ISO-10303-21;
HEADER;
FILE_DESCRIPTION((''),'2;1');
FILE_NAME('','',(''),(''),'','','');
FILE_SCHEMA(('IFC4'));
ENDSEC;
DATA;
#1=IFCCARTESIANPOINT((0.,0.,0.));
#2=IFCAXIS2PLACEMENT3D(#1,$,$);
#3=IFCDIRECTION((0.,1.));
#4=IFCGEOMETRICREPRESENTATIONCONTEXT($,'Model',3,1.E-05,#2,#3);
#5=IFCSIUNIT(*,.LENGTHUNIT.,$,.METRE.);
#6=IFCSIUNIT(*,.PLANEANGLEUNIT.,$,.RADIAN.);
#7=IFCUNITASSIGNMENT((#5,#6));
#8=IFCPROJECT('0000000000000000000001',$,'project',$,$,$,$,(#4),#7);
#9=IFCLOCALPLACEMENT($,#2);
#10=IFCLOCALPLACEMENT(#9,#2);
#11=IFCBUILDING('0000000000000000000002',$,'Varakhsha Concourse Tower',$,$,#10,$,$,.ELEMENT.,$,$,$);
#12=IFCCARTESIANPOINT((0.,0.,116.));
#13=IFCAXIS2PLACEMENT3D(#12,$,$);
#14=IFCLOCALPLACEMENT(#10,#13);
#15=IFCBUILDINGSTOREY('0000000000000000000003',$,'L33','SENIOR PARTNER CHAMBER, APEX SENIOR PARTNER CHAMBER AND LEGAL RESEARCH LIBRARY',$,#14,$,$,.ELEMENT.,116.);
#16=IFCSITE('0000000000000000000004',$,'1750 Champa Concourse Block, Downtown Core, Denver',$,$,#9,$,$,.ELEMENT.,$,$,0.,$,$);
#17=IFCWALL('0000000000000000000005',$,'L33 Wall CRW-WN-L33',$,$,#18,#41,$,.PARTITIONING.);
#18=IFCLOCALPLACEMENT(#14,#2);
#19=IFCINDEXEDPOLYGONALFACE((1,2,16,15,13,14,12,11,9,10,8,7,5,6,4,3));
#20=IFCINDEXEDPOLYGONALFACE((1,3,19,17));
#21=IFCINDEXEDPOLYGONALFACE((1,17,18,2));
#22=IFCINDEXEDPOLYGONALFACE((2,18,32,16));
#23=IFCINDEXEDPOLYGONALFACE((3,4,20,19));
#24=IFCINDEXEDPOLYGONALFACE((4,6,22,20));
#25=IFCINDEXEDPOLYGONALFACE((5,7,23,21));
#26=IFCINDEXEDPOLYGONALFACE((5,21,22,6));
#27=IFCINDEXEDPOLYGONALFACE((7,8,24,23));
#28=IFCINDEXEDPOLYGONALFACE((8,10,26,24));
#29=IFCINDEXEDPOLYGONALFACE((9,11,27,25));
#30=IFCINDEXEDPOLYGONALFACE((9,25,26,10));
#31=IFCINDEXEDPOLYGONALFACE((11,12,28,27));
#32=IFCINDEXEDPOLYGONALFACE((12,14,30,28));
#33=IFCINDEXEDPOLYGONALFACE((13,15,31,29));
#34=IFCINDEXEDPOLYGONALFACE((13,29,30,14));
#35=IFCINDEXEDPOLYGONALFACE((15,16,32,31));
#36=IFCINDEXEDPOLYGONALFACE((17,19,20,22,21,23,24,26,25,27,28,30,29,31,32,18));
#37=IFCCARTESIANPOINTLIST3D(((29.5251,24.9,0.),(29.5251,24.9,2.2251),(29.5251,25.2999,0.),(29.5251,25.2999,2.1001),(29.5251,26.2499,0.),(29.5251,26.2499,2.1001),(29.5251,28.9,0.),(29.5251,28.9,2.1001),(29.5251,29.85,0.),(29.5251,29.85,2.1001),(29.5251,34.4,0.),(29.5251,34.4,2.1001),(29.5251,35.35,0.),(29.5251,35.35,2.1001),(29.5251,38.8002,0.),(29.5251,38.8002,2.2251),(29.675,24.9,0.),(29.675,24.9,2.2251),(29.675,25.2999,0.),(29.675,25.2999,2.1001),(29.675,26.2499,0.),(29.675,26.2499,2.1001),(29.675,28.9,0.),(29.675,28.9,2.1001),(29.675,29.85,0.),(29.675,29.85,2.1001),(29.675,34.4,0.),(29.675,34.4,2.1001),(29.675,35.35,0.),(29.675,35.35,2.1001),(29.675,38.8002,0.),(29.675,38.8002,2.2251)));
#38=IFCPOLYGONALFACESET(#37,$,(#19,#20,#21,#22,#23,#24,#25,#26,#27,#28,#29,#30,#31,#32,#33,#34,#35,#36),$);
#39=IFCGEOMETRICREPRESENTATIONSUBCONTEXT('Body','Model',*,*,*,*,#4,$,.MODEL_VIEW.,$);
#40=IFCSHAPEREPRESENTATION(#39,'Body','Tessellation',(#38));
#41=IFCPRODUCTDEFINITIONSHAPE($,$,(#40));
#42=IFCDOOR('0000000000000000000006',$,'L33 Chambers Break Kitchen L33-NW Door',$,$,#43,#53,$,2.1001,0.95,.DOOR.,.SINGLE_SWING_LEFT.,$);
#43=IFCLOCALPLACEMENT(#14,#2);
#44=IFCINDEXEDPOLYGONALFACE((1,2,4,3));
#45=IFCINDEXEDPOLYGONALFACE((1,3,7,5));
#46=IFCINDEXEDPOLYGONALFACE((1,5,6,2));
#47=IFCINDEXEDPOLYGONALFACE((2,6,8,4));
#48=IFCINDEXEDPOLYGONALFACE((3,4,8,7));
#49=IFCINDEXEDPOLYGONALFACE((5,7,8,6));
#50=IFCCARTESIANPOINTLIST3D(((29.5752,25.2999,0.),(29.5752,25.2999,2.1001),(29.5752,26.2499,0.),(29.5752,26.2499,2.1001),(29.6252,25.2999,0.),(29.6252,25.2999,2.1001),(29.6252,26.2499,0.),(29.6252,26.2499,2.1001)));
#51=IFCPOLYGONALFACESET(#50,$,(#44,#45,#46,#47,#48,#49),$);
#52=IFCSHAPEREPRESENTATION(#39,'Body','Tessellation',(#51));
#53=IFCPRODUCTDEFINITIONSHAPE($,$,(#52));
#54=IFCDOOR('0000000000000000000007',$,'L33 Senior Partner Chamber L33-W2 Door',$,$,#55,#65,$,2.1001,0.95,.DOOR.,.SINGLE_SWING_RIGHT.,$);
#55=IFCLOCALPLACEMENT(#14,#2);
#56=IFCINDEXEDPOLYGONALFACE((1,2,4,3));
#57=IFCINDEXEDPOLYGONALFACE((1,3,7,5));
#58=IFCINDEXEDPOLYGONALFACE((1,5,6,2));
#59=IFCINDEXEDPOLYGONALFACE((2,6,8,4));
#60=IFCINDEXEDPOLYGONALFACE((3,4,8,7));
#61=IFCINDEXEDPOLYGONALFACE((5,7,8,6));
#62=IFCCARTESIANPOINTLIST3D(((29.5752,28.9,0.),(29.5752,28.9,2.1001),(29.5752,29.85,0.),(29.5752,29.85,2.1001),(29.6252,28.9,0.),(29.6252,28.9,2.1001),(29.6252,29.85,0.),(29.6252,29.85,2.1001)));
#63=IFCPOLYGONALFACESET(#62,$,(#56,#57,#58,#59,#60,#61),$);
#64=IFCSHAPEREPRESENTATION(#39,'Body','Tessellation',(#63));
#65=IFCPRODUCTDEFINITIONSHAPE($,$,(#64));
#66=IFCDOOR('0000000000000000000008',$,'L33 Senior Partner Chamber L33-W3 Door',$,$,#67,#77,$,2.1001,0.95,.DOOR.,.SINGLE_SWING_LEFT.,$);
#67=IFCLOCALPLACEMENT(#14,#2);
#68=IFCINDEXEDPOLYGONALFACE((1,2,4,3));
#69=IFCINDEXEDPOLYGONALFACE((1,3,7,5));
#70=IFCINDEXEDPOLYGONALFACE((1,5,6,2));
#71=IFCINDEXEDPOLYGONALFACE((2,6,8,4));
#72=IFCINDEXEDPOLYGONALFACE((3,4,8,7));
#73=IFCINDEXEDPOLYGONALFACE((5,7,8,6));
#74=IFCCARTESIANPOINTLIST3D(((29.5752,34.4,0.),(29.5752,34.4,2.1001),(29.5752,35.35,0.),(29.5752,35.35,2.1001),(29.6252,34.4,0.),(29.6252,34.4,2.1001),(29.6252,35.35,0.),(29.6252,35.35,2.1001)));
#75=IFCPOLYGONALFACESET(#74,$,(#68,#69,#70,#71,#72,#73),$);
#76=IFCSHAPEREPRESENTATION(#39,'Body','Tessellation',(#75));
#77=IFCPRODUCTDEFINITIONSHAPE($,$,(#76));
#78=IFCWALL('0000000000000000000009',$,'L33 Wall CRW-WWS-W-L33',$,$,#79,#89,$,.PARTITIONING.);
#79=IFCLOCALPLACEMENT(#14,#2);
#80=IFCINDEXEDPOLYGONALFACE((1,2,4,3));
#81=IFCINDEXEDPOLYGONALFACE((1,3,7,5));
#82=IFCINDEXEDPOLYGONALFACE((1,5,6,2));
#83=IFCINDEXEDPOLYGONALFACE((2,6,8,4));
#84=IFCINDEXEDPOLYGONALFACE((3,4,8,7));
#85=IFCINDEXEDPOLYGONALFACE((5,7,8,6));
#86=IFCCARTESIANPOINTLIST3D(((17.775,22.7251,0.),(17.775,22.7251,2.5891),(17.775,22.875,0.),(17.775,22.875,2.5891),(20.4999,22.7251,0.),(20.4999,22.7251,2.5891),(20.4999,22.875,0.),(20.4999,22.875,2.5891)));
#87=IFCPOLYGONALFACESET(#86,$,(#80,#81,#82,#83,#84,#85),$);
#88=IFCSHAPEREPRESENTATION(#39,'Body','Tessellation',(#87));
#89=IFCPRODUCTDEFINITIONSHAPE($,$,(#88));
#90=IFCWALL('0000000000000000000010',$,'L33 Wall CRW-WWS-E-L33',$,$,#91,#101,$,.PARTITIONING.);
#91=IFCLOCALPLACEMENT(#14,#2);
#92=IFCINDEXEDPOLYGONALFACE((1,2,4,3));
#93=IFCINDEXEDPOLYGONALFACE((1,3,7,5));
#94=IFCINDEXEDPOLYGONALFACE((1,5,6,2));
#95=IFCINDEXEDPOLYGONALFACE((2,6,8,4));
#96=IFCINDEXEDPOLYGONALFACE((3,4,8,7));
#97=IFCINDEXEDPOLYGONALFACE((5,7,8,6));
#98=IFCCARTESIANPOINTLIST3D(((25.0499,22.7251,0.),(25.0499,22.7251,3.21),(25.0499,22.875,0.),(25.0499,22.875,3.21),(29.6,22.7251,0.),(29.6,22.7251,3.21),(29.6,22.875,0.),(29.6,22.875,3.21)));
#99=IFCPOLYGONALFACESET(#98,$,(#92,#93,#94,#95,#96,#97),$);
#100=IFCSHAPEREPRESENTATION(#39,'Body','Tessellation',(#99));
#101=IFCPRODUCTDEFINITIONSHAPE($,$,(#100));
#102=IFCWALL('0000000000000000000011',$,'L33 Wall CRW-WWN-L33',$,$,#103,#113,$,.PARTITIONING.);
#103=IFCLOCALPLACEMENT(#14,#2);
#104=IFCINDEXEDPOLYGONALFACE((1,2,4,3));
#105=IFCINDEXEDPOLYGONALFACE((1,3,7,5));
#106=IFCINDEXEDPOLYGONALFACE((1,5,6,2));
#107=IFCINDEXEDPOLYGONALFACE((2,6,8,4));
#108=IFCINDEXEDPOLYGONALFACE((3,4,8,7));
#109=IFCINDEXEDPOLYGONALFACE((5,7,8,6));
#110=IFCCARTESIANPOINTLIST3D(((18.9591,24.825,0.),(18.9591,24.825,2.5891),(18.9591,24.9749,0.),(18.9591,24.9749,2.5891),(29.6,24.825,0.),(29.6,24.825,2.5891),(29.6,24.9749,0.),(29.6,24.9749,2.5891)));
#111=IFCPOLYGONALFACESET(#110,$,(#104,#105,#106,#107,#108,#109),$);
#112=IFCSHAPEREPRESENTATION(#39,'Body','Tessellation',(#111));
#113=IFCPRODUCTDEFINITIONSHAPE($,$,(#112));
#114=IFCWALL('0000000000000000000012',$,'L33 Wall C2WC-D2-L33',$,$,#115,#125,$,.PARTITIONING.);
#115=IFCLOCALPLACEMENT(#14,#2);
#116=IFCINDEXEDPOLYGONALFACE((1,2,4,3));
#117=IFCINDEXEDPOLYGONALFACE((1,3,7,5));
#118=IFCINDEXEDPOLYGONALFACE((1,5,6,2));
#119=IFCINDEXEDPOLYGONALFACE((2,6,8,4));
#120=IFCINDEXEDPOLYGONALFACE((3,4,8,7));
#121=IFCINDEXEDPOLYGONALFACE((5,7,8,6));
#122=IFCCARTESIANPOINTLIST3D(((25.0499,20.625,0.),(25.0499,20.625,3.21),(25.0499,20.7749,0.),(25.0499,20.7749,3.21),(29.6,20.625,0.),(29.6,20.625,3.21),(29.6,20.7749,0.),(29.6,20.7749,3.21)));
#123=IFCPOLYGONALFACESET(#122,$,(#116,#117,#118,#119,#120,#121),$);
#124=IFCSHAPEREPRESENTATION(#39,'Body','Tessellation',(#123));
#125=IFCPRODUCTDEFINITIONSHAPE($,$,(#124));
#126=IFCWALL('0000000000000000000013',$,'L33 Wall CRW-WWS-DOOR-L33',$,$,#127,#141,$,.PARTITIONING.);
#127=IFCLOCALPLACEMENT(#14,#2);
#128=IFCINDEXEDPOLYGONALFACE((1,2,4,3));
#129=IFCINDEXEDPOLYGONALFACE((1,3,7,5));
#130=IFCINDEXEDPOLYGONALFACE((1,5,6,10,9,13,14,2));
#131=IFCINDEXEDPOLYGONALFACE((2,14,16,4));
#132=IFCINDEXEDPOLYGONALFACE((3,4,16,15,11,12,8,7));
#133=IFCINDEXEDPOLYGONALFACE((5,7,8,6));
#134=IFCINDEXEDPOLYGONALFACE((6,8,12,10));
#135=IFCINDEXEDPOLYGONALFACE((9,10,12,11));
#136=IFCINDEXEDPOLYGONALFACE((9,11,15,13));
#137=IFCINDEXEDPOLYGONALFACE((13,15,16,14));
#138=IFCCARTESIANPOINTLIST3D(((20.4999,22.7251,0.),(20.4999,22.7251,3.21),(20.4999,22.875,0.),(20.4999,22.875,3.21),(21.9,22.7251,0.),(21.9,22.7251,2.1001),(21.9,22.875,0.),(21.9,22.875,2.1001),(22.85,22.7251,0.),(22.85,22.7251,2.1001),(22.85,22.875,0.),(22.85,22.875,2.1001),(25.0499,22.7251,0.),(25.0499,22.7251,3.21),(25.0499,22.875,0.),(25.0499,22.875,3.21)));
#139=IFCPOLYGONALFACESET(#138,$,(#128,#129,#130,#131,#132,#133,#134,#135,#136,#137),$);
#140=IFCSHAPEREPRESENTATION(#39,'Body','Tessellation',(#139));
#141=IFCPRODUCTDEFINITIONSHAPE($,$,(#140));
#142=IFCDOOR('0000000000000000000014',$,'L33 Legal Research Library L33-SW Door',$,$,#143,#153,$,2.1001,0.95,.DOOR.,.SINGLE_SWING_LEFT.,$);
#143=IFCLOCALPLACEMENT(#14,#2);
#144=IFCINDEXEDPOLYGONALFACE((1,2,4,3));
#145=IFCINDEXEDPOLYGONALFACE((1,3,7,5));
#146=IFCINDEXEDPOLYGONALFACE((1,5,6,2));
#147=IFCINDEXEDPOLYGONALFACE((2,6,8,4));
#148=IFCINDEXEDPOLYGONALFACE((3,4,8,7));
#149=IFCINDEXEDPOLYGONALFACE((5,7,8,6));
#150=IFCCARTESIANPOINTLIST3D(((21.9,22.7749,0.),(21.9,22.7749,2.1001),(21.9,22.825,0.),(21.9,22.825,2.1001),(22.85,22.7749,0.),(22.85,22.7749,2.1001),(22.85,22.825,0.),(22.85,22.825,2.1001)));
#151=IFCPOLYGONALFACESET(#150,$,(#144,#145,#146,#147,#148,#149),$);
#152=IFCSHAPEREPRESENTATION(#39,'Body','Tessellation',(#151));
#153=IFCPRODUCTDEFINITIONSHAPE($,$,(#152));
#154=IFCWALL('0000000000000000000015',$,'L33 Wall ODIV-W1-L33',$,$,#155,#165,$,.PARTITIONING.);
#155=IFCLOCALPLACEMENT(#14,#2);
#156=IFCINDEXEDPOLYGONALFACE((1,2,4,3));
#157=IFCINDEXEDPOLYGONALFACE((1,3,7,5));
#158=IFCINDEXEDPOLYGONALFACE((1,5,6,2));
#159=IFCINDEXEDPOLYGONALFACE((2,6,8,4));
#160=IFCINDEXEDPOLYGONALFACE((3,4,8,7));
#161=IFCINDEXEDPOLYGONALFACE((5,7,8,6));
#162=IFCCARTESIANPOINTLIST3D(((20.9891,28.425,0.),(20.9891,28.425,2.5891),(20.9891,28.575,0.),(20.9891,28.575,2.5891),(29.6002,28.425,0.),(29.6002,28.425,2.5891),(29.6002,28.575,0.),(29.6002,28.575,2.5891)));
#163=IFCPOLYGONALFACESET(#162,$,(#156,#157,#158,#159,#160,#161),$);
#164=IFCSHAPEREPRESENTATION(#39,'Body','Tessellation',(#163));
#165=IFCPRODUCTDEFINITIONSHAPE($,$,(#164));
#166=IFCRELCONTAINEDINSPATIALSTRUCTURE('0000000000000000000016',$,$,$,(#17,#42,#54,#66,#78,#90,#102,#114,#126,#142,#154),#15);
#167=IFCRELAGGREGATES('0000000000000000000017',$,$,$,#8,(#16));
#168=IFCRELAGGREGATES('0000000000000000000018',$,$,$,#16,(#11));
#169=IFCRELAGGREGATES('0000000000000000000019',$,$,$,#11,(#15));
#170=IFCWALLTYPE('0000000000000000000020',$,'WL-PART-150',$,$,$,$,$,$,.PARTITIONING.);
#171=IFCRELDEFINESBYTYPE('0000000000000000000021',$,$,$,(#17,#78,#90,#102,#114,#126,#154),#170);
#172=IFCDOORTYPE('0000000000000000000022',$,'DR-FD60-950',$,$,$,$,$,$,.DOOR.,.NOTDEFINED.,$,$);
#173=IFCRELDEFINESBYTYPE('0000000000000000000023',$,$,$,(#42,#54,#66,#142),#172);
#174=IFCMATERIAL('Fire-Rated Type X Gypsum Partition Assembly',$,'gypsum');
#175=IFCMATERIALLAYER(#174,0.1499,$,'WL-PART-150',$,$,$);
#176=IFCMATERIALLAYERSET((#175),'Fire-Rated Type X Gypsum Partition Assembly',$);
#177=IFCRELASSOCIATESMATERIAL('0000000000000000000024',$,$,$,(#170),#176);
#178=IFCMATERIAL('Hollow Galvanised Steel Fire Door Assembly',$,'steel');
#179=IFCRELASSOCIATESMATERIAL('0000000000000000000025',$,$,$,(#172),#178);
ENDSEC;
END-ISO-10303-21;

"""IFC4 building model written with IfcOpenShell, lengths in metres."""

from ifc_helpers import new_model, si_unit, direction, frame, frame_2d, origin, place, context, subcontext, project, spatial, rectangle, extrude, material, layer, layer_set, type_object, element, fill, save


model = new_model("IFC4")

# Units and contexts
model_context = context("Model", 3, precision=1e-05, world=origin(), true_north=direction((0.0, 1.0)))
body_context = subcontext(model_context, "Body", "Model", "MODEL_VIEW")
ifc_project = project(units=[si_unit("LENGTHUNIT", "METRE"), si_unit("PLANEANGLEUNIT", "RADIAN")], contexts=[model_context])

# Site, building, storey
site_placement = place(None, origin())
site = spatial("IfcSite", under=ifc_project, at=site_placement, Name="1750 Champa Concourse Block, Downtown Core, Denver", CompositionType="ELEMENT", RefElevation=0.0)
building_placement = place(site_placement, origin())
building = spatial("IfcBuilding", under=site, at=building_placement, Name="Varakhsha Concourse Tower", CompositionType="ELEMENT")
storey_placement = place(building_placement, frame((0.0, 0.0, 116.0)))
storey = spatial("IfcBuildingStorey", under=building, at=storey_placement, Name="L33", Description="SENIOR PARTNER CHAMBER, APEX SENIOR PARTNER CHAMBER AND LEGAL RESEARCH LIBRARY", CompositionType="ELEMENT", Elevation=116.0)

# Wall, openings, doors
ifc_material_1 = material(Name="Fire-Rated Type X Gypsum Partition Assembly", Category="gypsum")
ifc_layer_1 = layer(ifc_material_1, 0.1499, Name="WL-PART-150")
ifc_layer_set_1 = layer_set([ifc_layer_1], Name="Fire-Rated Type X Gypsum Partition Assembly")
wall_type_1 = type_object("IfcWallType", Name="WL-PART-150", PredefinedType="PARTITIONING", material=ifc_layer_set_1)
wall_1_placement = place(storey_placement, frame((29.6001, 24.8999, 0.0), z_axis=(0.0, 0.0, 1.0), x_axis=(0.0, 1.0, 0.0)))
wall_1 = element("IfcWall", 1, at=wall_1_placement, inside=storey, type_object=wall_type_1, Name="L33 Wall CRW-WN-L33", PredefinedType="PARTITIONING", context=body_context, shape_type="SweptSolid", body=[
    extrude(rectangle(XDim=13.9001, YDim=0.1499, at=frame_2d((6.9502, 0.0))), origin(), (0.0, 0.0, 1.0), 2.2251),
])
opening_1_placement = place(wall_1_placement, frame((0.3999, 0.0, 0.0)))
opening_1 = element("IfcOpeningElement", 2, at=opening_1_placement, cuts=wall_1, PredefinedType="OPENING", context=body_context, shape_type="SweptSolid", body=[
    extrude(rectangle(XDim=0.95, YDim=2.1001, at=frame_2d((0.4751, 1.05))), frame((0.0, 0.085, 0.0), z_axis=(0.0, -1.0, 0.0), x_axis=(1.0, 0.0, 0.0)), (0.0, 0.0, 1.0), 0.1699),
])
opening_2_placement = place(wall_1_placement, frame((4.0, 0.0, 0.0)))
opening_2 = element("IfcOpeningElement", 3, at=opening_2_placement, cuts=wall_1, PredefinedType="OPENING", context=body_context, shape_type="SweptSolid", body=[
    extrude(rectangle(XDim=0.95, YDim=2.1001, at=frame_2d((0.4751, 1.05))), frame((0.0, 0.085, 0.0), z_axis=(0.0, -1.0, 0.0), x_axis=(1.0, 0.0, 0.0)), (0.0, 0.0, 1.0), 0.1699),
])
opening_3_placement = place(wall_1_placement, frame((9.5, 0.0, 0.0)))
opening_3 = element("IfcOpeningElement", 4, at=opening_3_placement, cuts=wall_1, PredefinedType="OPENING", context=body_context, shape_type="SweptSolid", body=[
    extrude(rectangle(XDim=0.95, YDim=2.1001, at=frame_2d((0.4751, 1.05))), frame((0.0, 0.085, 0.0), z_axis=(0.0, -1.0, 0.0), x_axis=(1.0, 0.0, 0.0)), (0.0, 0.0, 1.0), 0.1699),
])
ifc_material_2 = material(Name="Hollow Galvanised Steel Fire Door Assembly", Category="steel")
door_type_1 = type_object("IfcDoorType", Name="DR-FD60-950", OperationType="NOTDEFINED", PredefinedType="DOOR", material=ifc_material_2)
door_1_placement = place(opening_1_placement, origin())
door_1 = element("IfcDoor", 5, at=door_1_placement, inside=storey, type_object=door_type_1, Name="L33 Chambers Break Kitchen L33-NW Door", OperationType="SINGLE_SWING_LEFT", OverallHeight=2.1001, OverallWidth=0.95, PredefinedType="DOOR", context=body_context, shape_type="SweptSolid", body=[
    extrude(rectangle(XDim=0.95, YDim=2.1001, at=frame_2d((0.4751, 1.05))), frame((0.0, 0.0249, 0.0), z_axis=(0.0, -1.0, 0.0), x_axis=(1.0, 0.0, 0.0)), (0.0, 0.0, 1.0), 0.05),
])
fill(opening_1, door_1)
door_2_placement = place(opening_2_placement, origin())
door_2 = element("IfcDoor", 6, at=door_2_placement, inside=storey, type_object=door_type_1, Name="L33 Senior Partner Chamber L33-W2 Door", OperationType="SINGLE_SWING_RIGHT", OverallHeight=2.1001, OverallWidth=0.95, PredefinedType="DOOR", context=body_context, shape_type="SweptSolid", body=[
    extrude(rectangle(XDim=0.95, YDim=2.1001, at=frame_2d((0.4751, 1.05))), frame((0.0, 0.0249, 0.0), z_axis=(0.0, -1.0, 0.0), x_axis=(1.0, 0.0, 0.0)), (0.0, 0.0, 1.0), 0.05),
])
fill(opening_2, door_2)
door_3_placement = place(opening_3_placement, origin())
door_3 = element("IfcDoor", 7, at=door_3_placement, inside=storey, type_object=door_type_1, Name="L33 Senior Partner Chamber L33-W3 Door", OperationType="SINGLE_SWING_LEFT", OverallHeight=2.1001, OverallWidth=0.95, PredefinedType="DOOR", context=body_context, shape_type="SweptSolid", body=[
    extrude(rectangle(XDim=0.95, YDim=2.1001, at=frame_2d((0.4751, 1.05))), frame((0.0, 0.0249, 0.0), z_axis=(0.0, -1.0, 0.0), x_axis=(1.0, 0.0, 0.0)), (0.0, 0.0, 1.0), 0.05),
])
fill(opening_3, door_3)

# Walls
wall_2_placement = place(storey_placement, frame((17.7751, 22.8, 0.0), z_axis=(0.0, 0.0, 1.0), x_axis=(1.0, 0.0, 0.0)))
element("IfcWall", 8, at=wall_2_placement, inside=storey, type_object=wall_type_1, Name="L33 Wall CRW-WWS-W-L33", PredefinedType="PARTITIONING", context=body_context, shape_type="SweptSolid", body=[
    extrude(rectangle(XDim=2.7249, YDim=0.1499, at=frame_2d((1.3623, 0.0))), origin(), (0.0, 0.0, 1.0), 2.5891),
])
wall_3_placement = place(storey_placement, frame((25.05, 22.8, 0.0), z_axis=(0.0, 0.0, 1.0), x_axis=(1.0, 0.0, 0.0)))
element("IfcWall", 9, at=wall_3_placement, inside=storey, type_object=wall_type_1, Name="L33 Wall CRW-WWS-E-L33", PredefinedType="PARTITIONING", context=body_context, shape_type="SweptSolid", body=[
    extrude(rectangle(XDim=4.55, YDim=0.1499, at=frame_2d((2.2749, 0.0))), origin(), (0.0, 0.0, 1.0), 3.21),
])
wall_4_placement = place(storey_placement, frame((18.9592, 24.8999, 0.0), z_axis=(0.0, 0.0, 1.0), x_axis=(1.0, 0.0, 0.0)))
element("IfcWall", 10, at=wall_4_placement, inside=storey, type_object=wall_type_1, Name="L33 Wall CRW-WWN-L33", PredefinedType="PARTITIONING", context=body_context, shape_type="SweptSolid", body=[
    extrude(rectangle(XDim=10.6409, YDim=0.1499, at=frame_2d((5.3203, 0.0))), origin(), (0.0, 0.0, 1.0), 2.5891),
])
wall_5_placement = place(storey_placement, frame((25.05, 20.7, 0.0), z_axis=(0.0, 0.0, 1.0), x_axis=(1.0, 0.0, 0.0)))
element("IfcWall", 11, at=wall_5_placement, inside=storey, type_object=wall_type_1, Name="L33 Wall C2WC-D2-L33", PredefinedType="PARTITIONING", context=body_context, shape_type="SweptSolid", body=[
    extrude(rectangle(XDim=4.55, YDim=0.1499, at=frame_2d((2.2749, 0.0))), origin(), (0.0, 0.0, 1.0), 3.21),
])

# Wall, opening, door
wall_6_placement = place(storey_placement, frame((20.5, 22.8, 0.0), z_axis=(0.0, 0.0, 1.0), x_axis=(1.0, 0.0, 0.0)))
wall_6 = element("IfcWall", 12, at=wall_6_placement, inside=storey, type_object=wall_type_1, Name="L33 Wall CRW-WWS-DOOR-L33", PredefinedType="PARTITIONING", context=body_context, shape_type="SweptSolid", body=[
    extrude(rectangle(XDim=4.55, YDim=0.1499, at=frame_2d((2.2749, 0.0))), origin(), (0.0, 0.0, 1.0), 3.21),
])
opening_4_placement = place(wall_6_placement, frame((1.3999, 0.0, 0.0)))
opening_4 = element("IfcOpeningElement", 13, at=opening_4_placement, cuts=wall_6, PredefinedType="OPENING", context=body_context, shape_type="SweptSolid", body=[
    extrude(rectangle(XDim=0.95, YDim=2.1001, at=frame_2d((0.4751, 1.05))), frame((0.0, 0.085, 0.0), z_axis=(0.0, -1.0, 0.0), x_axis=(1.0, 0.0, 0.0)), (0.0, 0.0, 1.0), 0.1699),
])
door_4_placement = place(opening_4_placement, origin())
door_4 = element("IfcDoor", 14, at=door_4_placement, inside=storey, type_object=door_type_1, Name="L33 Legal Research Library L33-SW Door", OperationType="SINGLE_SWING_LEFT", OverallHeight=2.1001, OverallWidth=0.95, PredefinedType="DOOR", context=body_context, shape_type="SweptSolid", body=[
    extrude(rectangle(XDim=0.95, YDim=2.1001, at=frame_2d((0.4751, 1.05))), frame((0.0, 0.0249, 0.0), z_axis=(0.0, -1.0, 0.0), x_axis=(1.0, 0.0, 0.0)), (0.0, 0.0, 1.0), 0.05),
])
fill(opening_4, door_4)

# Wall
wall_7_placement = place(storey_placement, frame((20.989, 28.5, 0.0), z_axis=(0.0, 0.0, 1.0), x_axis=(1.0, 0.0, 0.0)))
element("IfcWall", 15, at=wall_7_placement, inside=storey, type_object=wall_type_1, Name="L33 Wall ODIV-W1-L33", PredefinedType="PARTITIONING", context=body_context, shape_type="SweptSolid", body=[
    extrude(rectangle(XDim=8.6111, YDim=0.1499, at=frame_2d((4.3057, 0.0))), origin(), (0.0, 0.0, 1.0), 2.5891),
])

save(model, "model.ifc")
